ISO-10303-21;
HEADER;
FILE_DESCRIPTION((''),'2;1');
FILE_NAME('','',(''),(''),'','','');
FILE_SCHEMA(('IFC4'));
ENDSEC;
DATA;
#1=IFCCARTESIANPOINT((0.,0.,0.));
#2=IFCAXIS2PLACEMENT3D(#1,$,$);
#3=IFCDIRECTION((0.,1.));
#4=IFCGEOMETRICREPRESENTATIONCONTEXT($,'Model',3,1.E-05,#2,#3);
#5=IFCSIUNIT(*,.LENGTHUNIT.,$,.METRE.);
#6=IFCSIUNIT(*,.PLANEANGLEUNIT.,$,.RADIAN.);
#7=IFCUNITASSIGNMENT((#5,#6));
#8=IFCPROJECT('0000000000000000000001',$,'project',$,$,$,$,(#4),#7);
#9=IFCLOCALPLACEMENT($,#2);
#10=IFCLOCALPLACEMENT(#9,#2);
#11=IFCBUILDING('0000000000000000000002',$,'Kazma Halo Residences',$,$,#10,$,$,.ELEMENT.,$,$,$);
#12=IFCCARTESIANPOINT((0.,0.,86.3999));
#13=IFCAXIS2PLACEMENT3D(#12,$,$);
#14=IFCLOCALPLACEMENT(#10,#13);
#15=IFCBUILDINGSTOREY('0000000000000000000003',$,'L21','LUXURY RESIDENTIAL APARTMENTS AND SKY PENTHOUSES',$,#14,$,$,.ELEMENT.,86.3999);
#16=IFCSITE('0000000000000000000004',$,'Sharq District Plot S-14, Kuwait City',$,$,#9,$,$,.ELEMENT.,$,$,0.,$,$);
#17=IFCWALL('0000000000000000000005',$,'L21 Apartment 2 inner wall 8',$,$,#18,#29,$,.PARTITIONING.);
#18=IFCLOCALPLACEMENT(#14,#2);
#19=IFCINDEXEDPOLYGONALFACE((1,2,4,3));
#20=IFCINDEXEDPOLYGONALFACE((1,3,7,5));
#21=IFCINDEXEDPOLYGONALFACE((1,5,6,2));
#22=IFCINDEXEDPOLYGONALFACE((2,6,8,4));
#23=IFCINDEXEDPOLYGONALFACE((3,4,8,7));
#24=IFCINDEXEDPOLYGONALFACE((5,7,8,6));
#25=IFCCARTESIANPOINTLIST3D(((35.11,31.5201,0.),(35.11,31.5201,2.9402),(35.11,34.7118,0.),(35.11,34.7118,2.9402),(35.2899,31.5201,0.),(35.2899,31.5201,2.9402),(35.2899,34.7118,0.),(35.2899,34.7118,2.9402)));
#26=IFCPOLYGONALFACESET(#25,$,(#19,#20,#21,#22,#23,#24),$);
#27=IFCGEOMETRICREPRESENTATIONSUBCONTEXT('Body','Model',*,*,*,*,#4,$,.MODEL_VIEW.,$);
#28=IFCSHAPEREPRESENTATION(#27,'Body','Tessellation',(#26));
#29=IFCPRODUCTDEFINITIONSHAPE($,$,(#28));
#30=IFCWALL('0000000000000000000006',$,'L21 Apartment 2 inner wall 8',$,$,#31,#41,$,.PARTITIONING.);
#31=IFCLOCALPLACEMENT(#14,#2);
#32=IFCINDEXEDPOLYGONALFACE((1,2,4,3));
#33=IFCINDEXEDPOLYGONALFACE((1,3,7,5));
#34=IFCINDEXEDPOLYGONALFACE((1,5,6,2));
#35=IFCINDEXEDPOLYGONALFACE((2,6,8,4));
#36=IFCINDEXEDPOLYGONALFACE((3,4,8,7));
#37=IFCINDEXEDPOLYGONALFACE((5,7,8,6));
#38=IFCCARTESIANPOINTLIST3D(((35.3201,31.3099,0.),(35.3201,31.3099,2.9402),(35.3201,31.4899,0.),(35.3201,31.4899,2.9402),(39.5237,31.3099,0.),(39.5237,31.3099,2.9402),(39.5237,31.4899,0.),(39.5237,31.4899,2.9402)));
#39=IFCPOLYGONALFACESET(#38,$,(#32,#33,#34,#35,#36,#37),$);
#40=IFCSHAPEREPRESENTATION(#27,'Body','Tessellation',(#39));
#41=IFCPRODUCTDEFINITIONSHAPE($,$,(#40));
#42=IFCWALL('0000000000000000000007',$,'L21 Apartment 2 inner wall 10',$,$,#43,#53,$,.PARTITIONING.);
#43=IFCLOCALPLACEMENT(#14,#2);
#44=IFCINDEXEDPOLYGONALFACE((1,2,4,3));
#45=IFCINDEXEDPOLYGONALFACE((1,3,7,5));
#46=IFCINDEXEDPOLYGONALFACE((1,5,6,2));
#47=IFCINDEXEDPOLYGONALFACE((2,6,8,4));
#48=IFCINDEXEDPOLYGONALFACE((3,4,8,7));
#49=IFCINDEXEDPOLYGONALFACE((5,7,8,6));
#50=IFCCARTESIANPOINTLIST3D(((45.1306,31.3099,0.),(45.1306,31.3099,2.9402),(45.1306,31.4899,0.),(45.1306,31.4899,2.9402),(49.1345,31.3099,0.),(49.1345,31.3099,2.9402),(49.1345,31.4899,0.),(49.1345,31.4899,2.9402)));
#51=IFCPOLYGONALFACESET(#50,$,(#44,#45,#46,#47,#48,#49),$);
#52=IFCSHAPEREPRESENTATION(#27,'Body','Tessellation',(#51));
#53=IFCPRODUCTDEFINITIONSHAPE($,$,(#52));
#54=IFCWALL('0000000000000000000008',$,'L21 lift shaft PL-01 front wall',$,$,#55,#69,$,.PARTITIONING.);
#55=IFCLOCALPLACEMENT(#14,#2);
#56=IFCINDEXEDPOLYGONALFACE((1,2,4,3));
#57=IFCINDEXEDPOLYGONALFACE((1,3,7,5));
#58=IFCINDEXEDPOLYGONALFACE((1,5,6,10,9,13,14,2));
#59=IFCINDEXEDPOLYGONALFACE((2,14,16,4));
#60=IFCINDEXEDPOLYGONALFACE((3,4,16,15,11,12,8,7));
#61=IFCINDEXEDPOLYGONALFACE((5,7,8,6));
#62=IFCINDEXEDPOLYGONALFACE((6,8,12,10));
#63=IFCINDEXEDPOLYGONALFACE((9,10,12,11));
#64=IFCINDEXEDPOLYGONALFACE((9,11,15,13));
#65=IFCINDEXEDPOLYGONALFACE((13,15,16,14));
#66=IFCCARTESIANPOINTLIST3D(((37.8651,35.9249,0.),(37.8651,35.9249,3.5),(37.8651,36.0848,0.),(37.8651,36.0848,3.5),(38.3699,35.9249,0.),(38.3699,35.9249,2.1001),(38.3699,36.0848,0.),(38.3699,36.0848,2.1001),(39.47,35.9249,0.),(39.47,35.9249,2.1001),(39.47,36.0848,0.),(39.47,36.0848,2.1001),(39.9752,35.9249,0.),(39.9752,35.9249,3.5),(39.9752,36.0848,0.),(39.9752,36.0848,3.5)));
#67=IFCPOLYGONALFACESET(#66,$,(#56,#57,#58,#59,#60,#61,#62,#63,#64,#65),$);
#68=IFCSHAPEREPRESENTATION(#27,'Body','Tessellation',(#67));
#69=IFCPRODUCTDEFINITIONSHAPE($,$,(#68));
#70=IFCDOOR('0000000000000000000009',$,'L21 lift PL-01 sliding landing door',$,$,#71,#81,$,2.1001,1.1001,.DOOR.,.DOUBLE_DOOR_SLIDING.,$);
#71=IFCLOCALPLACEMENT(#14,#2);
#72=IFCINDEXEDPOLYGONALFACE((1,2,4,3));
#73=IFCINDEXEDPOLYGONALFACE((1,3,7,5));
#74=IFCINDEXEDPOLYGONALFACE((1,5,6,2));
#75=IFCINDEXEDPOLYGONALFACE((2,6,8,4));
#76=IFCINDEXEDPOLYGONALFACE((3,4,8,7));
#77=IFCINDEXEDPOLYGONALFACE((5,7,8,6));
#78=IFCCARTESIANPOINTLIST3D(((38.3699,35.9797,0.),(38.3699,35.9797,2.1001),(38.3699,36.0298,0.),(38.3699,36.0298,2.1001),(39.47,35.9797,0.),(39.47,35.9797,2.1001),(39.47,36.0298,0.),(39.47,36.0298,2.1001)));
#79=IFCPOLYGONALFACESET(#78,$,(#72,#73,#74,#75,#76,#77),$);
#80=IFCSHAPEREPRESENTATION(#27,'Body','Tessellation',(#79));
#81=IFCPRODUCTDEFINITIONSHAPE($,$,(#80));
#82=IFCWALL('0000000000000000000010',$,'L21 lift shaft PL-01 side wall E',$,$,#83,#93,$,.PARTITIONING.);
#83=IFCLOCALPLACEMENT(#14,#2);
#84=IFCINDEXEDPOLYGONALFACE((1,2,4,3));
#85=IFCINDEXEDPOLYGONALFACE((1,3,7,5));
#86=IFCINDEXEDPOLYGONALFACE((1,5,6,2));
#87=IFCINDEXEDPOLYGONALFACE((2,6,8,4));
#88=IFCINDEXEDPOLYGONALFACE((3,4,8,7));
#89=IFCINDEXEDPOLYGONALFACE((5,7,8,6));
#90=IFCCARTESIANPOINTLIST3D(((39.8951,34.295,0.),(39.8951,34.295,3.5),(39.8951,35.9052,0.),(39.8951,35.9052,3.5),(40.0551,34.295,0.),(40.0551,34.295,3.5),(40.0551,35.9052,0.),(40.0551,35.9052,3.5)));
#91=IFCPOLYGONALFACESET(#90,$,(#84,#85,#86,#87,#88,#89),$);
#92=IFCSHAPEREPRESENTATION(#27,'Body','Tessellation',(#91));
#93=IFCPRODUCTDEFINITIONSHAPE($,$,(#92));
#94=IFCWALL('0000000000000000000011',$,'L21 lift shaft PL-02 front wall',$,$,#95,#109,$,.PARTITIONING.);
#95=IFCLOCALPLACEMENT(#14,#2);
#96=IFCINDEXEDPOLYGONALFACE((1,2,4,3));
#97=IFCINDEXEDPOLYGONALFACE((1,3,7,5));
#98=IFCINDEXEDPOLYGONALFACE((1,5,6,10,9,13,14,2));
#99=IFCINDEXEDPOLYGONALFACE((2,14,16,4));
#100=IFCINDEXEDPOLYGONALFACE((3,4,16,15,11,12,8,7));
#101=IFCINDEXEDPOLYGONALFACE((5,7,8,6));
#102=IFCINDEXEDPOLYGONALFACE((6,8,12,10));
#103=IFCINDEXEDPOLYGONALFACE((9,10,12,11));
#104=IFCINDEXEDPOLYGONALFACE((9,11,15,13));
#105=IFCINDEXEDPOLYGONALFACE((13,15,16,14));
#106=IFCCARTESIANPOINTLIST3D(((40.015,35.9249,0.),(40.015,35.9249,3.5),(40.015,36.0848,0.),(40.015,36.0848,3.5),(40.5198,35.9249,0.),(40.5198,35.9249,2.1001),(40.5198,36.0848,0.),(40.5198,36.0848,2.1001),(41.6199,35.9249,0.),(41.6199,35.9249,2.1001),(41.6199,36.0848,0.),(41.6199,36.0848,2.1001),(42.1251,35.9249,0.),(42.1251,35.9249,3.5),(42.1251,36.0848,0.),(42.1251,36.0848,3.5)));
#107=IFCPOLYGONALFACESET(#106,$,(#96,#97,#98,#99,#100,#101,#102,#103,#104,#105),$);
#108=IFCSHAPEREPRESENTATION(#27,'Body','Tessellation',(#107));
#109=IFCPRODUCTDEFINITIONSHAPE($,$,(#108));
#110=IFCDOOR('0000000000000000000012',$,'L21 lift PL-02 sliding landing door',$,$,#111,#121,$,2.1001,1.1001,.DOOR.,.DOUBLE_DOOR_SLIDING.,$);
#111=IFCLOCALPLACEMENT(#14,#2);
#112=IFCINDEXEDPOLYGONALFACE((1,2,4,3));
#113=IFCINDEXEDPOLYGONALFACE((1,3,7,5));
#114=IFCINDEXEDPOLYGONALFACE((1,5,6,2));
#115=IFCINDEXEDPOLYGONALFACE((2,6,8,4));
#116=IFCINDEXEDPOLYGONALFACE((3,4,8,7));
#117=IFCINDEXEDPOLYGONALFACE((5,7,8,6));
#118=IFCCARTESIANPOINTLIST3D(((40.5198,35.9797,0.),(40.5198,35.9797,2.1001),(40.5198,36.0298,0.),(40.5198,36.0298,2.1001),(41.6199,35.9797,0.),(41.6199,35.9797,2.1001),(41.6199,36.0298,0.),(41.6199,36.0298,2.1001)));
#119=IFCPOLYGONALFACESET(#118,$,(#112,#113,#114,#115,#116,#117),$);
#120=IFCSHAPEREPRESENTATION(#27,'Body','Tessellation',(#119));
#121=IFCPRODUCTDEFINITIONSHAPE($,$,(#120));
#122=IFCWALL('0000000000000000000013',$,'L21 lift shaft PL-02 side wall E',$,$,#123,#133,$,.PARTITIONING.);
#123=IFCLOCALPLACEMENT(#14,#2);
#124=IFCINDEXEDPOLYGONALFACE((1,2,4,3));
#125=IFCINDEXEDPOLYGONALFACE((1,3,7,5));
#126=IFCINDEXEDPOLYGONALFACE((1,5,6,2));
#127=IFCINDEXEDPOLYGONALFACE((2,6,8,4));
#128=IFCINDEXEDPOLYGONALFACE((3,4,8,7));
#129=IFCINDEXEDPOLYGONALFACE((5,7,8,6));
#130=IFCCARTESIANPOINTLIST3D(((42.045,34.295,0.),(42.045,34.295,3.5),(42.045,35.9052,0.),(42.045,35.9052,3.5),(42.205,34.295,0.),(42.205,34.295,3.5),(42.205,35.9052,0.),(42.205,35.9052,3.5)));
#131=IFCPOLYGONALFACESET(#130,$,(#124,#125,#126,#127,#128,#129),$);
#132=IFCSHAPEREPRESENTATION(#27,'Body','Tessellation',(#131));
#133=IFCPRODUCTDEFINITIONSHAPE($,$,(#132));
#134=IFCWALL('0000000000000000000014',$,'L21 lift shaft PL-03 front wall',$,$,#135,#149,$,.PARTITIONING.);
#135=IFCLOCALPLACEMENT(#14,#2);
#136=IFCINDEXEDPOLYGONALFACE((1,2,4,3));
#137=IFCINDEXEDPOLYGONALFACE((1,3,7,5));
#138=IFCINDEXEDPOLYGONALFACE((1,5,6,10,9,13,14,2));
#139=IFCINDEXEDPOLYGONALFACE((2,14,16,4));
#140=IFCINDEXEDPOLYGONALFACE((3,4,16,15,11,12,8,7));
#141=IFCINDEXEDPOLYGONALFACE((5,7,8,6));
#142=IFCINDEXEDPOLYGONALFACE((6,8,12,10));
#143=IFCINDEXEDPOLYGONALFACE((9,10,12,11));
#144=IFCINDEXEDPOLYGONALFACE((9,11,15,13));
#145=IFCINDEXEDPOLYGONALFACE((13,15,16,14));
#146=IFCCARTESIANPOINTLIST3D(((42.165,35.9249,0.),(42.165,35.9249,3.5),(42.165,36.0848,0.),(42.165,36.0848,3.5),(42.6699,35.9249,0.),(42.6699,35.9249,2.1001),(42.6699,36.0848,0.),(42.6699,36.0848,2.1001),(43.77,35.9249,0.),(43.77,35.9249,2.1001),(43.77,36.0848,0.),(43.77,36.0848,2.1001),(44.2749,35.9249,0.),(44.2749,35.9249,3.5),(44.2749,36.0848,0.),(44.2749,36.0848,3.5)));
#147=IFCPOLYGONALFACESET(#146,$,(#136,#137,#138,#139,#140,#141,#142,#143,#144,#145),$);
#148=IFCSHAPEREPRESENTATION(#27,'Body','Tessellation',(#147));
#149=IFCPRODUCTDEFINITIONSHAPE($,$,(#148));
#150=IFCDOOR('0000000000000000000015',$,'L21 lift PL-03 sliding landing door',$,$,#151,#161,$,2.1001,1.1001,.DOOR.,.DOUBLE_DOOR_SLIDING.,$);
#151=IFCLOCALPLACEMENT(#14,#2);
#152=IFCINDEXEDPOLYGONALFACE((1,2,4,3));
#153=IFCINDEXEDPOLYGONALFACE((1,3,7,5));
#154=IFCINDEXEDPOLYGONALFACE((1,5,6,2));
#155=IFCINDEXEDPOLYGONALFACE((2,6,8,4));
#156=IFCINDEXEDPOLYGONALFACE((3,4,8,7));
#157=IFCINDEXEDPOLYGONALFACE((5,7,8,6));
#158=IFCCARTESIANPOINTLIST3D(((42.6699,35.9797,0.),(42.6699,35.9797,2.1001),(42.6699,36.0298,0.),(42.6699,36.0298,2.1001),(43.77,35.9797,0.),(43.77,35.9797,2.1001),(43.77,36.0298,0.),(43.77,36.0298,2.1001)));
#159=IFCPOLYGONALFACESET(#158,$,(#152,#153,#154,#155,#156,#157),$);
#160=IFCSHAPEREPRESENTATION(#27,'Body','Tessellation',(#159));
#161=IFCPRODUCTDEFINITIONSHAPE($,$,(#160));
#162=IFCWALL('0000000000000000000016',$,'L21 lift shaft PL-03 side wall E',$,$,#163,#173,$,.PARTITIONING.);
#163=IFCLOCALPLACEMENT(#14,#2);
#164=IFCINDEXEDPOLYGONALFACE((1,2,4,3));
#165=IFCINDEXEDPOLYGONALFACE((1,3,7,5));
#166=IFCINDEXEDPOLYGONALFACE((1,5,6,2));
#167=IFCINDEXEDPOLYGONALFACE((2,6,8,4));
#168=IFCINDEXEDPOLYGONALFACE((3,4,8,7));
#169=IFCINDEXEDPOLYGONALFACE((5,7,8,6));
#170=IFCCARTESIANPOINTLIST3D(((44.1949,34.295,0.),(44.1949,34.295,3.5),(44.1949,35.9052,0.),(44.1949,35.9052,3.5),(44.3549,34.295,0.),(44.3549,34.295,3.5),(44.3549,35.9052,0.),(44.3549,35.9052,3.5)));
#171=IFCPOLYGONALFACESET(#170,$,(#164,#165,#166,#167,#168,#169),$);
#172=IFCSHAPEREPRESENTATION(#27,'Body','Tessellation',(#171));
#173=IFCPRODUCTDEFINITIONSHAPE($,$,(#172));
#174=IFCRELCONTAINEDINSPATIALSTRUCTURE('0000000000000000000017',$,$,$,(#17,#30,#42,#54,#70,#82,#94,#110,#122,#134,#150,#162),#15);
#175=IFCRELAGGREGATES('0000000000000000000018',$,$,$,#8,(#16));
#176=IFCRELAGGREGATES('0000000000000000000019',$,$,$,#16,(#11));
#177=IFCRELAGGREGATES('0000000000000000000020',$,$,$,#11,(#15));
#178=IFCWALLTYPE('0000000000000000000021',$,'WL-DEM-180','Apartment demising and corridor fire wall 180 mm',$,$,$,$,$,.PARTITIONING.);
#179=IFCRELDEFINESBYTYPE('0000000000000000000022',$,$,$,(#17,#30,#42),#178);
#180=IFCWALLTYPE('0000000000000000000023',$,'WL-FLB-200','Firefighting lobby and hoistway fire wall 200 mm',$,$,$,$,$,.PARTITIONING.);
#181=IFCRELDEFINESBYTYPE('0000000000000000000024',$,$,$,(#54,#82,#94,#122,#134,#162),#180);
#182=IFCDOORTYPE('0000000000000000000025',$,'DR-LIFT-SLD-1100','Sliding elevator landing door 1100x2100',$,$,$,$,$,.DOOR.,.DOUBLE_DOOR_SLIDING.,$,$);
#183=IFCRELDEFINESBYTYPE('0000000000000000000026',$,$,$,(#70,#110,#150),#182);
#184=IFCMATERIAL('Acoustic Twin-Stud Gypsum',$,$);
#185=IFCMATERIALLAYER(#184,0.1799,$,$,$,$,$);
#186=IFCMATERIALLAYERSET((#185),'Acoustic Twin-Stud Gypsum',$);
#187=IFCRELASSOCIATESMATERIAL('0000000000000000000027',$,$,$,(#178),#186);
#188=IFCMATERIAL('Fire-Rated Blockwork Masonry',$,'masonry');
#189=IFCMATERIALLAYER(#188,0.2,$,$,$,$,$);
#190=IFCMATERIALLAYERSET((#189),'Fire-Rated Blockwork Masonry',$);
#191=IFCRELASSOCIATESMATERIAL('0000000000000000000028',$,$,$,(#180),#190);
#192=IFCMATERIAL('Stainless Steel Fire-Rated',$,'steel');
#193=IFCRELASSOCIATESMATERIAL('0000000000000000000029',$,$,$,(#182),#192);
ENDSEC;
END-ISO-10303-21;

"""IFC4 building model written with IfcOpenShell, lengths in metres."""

from ifc_helpers import new_model, si_unit, direction, frame, frame_2d, origin, place, context, subcontext, project, spatial, rectangle, extrude, material, layer, layer_set, type_object, element, fill, save


model = new_model("IFC4")

# Units and contexts
model_context = context("Model", 3, precision=1e-05, world=origin(), true_north=direction((0.0, 1.0)))
body_context = subcontext(model_context, "Body", "Model", "MODEL_VIEW")
ifc_project = project(units=[si_unit("LENGTHUNIT", "METRE"), si_unit("PLANEANGLEUNIT", "RADIAN")], contexts=[model_context])

# Site, building, storey
site_placement = place(None, origin())
site = spatial("IfcSite", under=ifc_project, at=site_placement, Name="Sharq District Plot S-14, Kuwait City", CompositionType="ELEMENT", RefElevation=0.0)
building_placement = place(site_placement, origin())
building = spatial("IfcBuilding", under=site, at=building_placement, Name="Kazma Halo Residences", CompositionType="ELEMENT")
storey_placement = place(building_placement, frame((0.0, 0.0, 86.3999)))
storey = spatial("IfcBuildingStorey", under=building, at=storey_placement, Name="L21", Description="LUXURY RESIDENTIAL APARTMENTS AND SKY PENTHOUSES", CompositionType="ELEMENT", Elevation=86.3999)

# Shared definitions
ifc_material_1 = material(Name="Acoustic Twin-Stud Gypsum")
ifc_layer_1 = layer(ifc_material_1, 0.1799)
ifc_layer_set_1 = layer_set([ifc_layer_1], Name="Acoustic Twin-Stud Gypsum")
wall_type_1 = type_object("IfcWallType", Name="WL-DEM-180", Description="Apartment demising and corridor fire wall 180 mm", PredefinedType="PARTITIONING", material=ifc_layer_set_1)

# Walls
wall_1_placement = place(storey_placement, frame((35.2, 34.7117, 0.0), z_axis=(0.0, 0.0, 1.0), x_axis=(0.0, -1.0, 0.0)))
element("IfcWall", 1, at=wall_1_placement, inside=storey, type_object=wall_type_1, Name="L21 Apartment 2 inner wall 8", PredefinedType="PARTITIONING", context=body_context, shape_type="SweptSolid", body=[
    extrude(rectangle(XDim=3.1917, YDim=0.1799, at=frame_2d((1.5957, 0.0))), origin(), (0.0, 0.0, 1.0), 2.9402),
])
wall_2_placement = place(storey_placement, frame((35.3201, 31.3999, 0.0), z_axis=(0.0, 0.0, 1.0), x_axis=(1.0, 0.0, 0.0)))
element("IfcWall", 2, at=wall_2_placement, inside=storey, type_object=wall_type_1, Name="L21 Apartment 2 inner wall 8", PredefinedType="PARTITIONING", context=body_context, shape_type="SweptSolid", body=[
    extrude(rectangle(XDim=4.2036, YDim=0.1799, at=frame_2d((2.1018, 0.0))), origin(), (0.0, 0.0, 1.0), 2.9402),
])
wall_3_placement = place(storey_placement, frame((45.1306, 31.3999, 0.0), z_axis=(0.0, 0.0, 1.0), x_axis=(1.0, 0.0, 0.0)))
element("IfcWall", 3, at=wall_3_placement, inside=storey, type_object=wall_type_1, Name="L21 Apartment 2 inner wall 10", PredefinedType="PARTITIONING", context=body_context, shape_type="SweptSolid", body=[
    extrude(rectangle(XDim=4.0039, YDim=0.1799, at=frame_2d((2.002, 0.0))), origin(), (0.0, 0.0, 1.0), 2.9402),
])

# Wall, opening, door
ifc_material_2 = material(Name="Fire-Rated Blockwork Masonry", Category="masonry")
ifc_layer_2 = layer(ifc_material_2, 0.2)
ifc_layer_set_2 = layer_set([ifc_layer_2], Name="Fire-Rated Blockwork Masonry")
wall_type_2 = type_object("IfcWallType", Name="WL-FLB-200", Description="Firefighting lobby and hoistway fire wall 200 mm", PredefinedType="PARTITIONING", material=ifc_layer_set_2)
wall_4_placement = place(storey_placement, frame((37.865, 36.0049, 0.0), z_axis=(0.0, 0.0, 1.0), x_axis=(1.0, 0.0, 0.0)))
wall_4 = element("IfcWall", 4, at=wall_4_placement, inside=storey, type_object=wall_type_2, Name="L21 lift shaft PL-01 front wall", PredefinedType="PARTITIONING", context=body_context, shape_type="SweptSolid", body=[
    extrude(rectangle(XDim=2.1101, YDim=0.1599, at=frame_2d((1.0552, 0.0))), origin(), (0.0, 0.0, 1.0), 3.5),
])
opening_1_placement = place(wall_4_placement, frame((0.5049, 0.0, 0.0)))
opening_1 = element("IfcOpeningElement", 5, at=opening_1_placement, cuts=wall_4, PredefinedType="OPENING", context=body_context, shape_type="SweptSolid", body=[
    extrude(rectangle(XDim=1.1001, YDim=2.1001, at=frame_2d((0.55, 1.05))), frame((0.0, 0.0898, 0.0), z_axis=(0.0, -1.0, 0.0), x_axis=(1.0, 0.0, 0.0)), (0.0, 0.0, 1.0), 0.1799),
])
ifc_material_3 = material(Name="Stainless Steel Fire-Rated", Category="steel")
door_type_1 = type_object("IfcDoorType", Name="DR-LIFT-SLD-1100", Description="Sliding elevator landing door 1100x2100", OperationType="DOUBLE_DOOR_SLIDING", PredefinedType="DOOR", material=ifc_material_3)
door_1_placement = place(opening_1_placement, origin())
door_1 = element("IfcDoor", 6, at=door_1_placement, inside=storey, type_object=door_type_1, Name="L21 lift PL-01 sliding landing door", OperationType="DOUBLE_DOOR_SLIDING", OverallHeight=2.1001, OverallWidth=1.1001, PredefinedType="DOOR", context=body_context, shape_type="SweptSolid", body=[
    extrude(rectangle(XDim=1.1001, YDim=2.1001, at=frame_2d((0.55, 1.05))), frame((0.0, 0.0249, 0.0), z_axis=(0.0, -1.0, 0.0), x_axis=(1.0, 0.0, 0.0)), (0.0, 0.0, 1.0), 0.05),
])
fill(opening_1, door_1)

# Wall
wall_5_placement = place(storey_placement, frame((39.9751, 34.2949, 0.0), z_axis=(0.0, 0.0, 1.0), x_axis=(0.0, 1.0, 0.0)))
element("IfcWall", 7, at=wall_5_placement, inside=storey, type_object=wall_type_2, Name="L21 lift shaft PL-01 side wall E", PredefinedType="PARTITIONING", context=body_context, shape_type="SweptSolid", body=[
    extrude(rectangle(XDim=1.6101, YDim=0.1599, at=frame_2d((0.8052, 0.0))), origin(), (0.0, 0.0, 1.0), 3.5),
])

# Wall, opening, door
wall_6_placement = place(storey_placement, frame((40.0149, 36.0049, 0.0), z_axis=(0.0, 0.0, 1.0), x_axis=(1.0, 0.0, 0.0)))
wall_6 = element("IfcWall", 8, at=wall_6_placement, inside=storey, type_object=wall_type_2, Name="L21 lift shaft PL-02 front wall", PredefinedType="PARTITIONING", context=body_context, shape_type="SweptSolid", body=[
    extrude(rectangle(XDim=2.1101, YDim=0.1599, at=frame_2d((1.0552, 0.0))), origin(), (0.0, 0.0, 1.0), 3.5),
])
opening_2_placement = place(wall_6_placement, frame((0.5049, 0.0, 0.0)))
opening_2 = element("IfcOpeningElement", 9, at=opening_2_placement, cuts=wall_6, PredefinedType="OPENING", context=body_context, shape_type="SweptSolid", body=[
    extrude(rectangle(XDim=1.1001, YDim=2.1001, at=frame_2d((0.55, 1.05))), frame((0.0, 0.0898, 0.0), z_axis=(0.0, -1.0, 0.0), x_axis=(1.0, 0.0, 0.0)), (0.0, 0.0, 1.0), 0.1799),
])
door_2_placement = place(opening_2_placement, origin())
door_2 = element("IfcDoor", 10, at=door_2_placement, inside=storey, type_object=door_type_1, Name="L21 lift PL-02 sliding landing door", OperationType="DOUBLE_DOOR_SLIDING", OverallHeight=2.1001, OverallWidth=1.1001, PredefinedType="DOOR", context=body_context, shape_type="SweptSolid", body=[
    extrude(rectangle(XDim=1.1001, YDim=2.1001, at=frame_2d((0.55, 1.05))), frame((0.0, 0.0249, 0.0), z_axis=(0.0, -1.0, 0.0), x_axis=(1.0, 0.0, 0.0)), (0.0, 0.0, 1.0), 0.05),
])
fill(opening_2, door_2)

# Wall
wall_7_placement = place(storey_placement, frame((42.125, 34.2949, 0.0), z_axis=(0.0, 0.0, 1.0), x_axis=(0.0, 1.0, 0.0)))
element("IfcWall", 11, at=wall_7_placement, inside=storey, type_object=wall_type_2, Name="L21 lift shaft PL-02 side wall E", PredefinedType="PARTITIONING", context=body_context, shape_type="SweptSolid", body=[
    extrude(rectangle(XDim=1.6101, YDim=0.1599, at=frame_2d((0.8052, 0.0))), origin(), (0.0, 0.0, 1.0), 3.5),
])

# Wall, opening, door
wall_8_placement = place(storey_placement, frame((42.165, 36.0049, 0.0), z_axis=(0.0, 0.0, 1.0), x_axis=(1.0, 0.0, 0.0)))
wall_8 = element("IfcWall", 12, at=wall_8_placement, inside=storey, type_object=wall_type_2, Name="L21 lift shaft PL-03 front wall", PredefinedType="PARTITIONING", context=body_context, shape_type="SweptSolid", body=[
    extrude(rectangle(XDim=2.1099, YDim=0.1599, at=frame_2d((1.0549, 0.0))), origin(), (0.0, 0.0, 1.0), 3.5),
])
opening_3_placement = place(wall_8_placement, frame((0.5049, 0.0, 0.0)))
opening_3 = element("IfcOpeningElement", 13, at=opening_3_placement, cuts=wall_8, PredefinedType="OPENING", context=body_context, shape_type="SweptSolid", body=[
    extrude(rectangle(XDim=1.1001, YDim=2.1001, at=frame_2d((0.55, 1.05))), frame((0.0, 0.0898, 0.0), z_axis=(0.0, -1.0, 0.0), x_axis=(1.0, 0.0, 0.0)), (0.0, 0.0, 1.0), 0.1799),
])
door_3_placement = place(opening_3_placement, origin())
door_3 = element("IfcDoor", 14, at=door_3_placement, inside=storey, type_object=door_type_1, Name="L21 lift PL-03 sliding landing door", OperationType="DOUBLE_DOOR_SLIDING", OverallHeight=2.1001, OverallWidth=1.1001, PredefinedType="DOOR", context=body_context, shape_type="SweptSolid", body=[
    extrude(rectangle(XDim=1.1001, YDim=2.1001, at=frame_2d((0.55, 1.05))), frame((0.0, 0.0249, 0.0), z_axis=(0.0, -1.0, 0.0), x_axis=(1.0, 0.0, 0.0)), (0.0, 0.0, 1.0), 0.05),
])
fill(opening_3, door_3)

# Wall
wall_9_placement = place(storey_placement, frame((44.2749, 34.2949, 0.0), z_axis=(0.0, 0.0, 1.0), x_axis=(0.0, 1.0, 0.0)))
element("IfcWall", 15, at=wall_9_placement, inside=storey, type_object=wall_type_2, Name="L21 lift shaft PL-03 side wall E", PredefinedType="PARTITIONING", context=body_context, shape_type="SweptSolid", body=[
    extrude(rectangle(XDim=1.6101, YDim=0.1599, at=frame_2d((0.8052, 0.0))), origin(), (0.0, 0.0, 1.0), 3.5),
])

save(model, "model.ifc")
